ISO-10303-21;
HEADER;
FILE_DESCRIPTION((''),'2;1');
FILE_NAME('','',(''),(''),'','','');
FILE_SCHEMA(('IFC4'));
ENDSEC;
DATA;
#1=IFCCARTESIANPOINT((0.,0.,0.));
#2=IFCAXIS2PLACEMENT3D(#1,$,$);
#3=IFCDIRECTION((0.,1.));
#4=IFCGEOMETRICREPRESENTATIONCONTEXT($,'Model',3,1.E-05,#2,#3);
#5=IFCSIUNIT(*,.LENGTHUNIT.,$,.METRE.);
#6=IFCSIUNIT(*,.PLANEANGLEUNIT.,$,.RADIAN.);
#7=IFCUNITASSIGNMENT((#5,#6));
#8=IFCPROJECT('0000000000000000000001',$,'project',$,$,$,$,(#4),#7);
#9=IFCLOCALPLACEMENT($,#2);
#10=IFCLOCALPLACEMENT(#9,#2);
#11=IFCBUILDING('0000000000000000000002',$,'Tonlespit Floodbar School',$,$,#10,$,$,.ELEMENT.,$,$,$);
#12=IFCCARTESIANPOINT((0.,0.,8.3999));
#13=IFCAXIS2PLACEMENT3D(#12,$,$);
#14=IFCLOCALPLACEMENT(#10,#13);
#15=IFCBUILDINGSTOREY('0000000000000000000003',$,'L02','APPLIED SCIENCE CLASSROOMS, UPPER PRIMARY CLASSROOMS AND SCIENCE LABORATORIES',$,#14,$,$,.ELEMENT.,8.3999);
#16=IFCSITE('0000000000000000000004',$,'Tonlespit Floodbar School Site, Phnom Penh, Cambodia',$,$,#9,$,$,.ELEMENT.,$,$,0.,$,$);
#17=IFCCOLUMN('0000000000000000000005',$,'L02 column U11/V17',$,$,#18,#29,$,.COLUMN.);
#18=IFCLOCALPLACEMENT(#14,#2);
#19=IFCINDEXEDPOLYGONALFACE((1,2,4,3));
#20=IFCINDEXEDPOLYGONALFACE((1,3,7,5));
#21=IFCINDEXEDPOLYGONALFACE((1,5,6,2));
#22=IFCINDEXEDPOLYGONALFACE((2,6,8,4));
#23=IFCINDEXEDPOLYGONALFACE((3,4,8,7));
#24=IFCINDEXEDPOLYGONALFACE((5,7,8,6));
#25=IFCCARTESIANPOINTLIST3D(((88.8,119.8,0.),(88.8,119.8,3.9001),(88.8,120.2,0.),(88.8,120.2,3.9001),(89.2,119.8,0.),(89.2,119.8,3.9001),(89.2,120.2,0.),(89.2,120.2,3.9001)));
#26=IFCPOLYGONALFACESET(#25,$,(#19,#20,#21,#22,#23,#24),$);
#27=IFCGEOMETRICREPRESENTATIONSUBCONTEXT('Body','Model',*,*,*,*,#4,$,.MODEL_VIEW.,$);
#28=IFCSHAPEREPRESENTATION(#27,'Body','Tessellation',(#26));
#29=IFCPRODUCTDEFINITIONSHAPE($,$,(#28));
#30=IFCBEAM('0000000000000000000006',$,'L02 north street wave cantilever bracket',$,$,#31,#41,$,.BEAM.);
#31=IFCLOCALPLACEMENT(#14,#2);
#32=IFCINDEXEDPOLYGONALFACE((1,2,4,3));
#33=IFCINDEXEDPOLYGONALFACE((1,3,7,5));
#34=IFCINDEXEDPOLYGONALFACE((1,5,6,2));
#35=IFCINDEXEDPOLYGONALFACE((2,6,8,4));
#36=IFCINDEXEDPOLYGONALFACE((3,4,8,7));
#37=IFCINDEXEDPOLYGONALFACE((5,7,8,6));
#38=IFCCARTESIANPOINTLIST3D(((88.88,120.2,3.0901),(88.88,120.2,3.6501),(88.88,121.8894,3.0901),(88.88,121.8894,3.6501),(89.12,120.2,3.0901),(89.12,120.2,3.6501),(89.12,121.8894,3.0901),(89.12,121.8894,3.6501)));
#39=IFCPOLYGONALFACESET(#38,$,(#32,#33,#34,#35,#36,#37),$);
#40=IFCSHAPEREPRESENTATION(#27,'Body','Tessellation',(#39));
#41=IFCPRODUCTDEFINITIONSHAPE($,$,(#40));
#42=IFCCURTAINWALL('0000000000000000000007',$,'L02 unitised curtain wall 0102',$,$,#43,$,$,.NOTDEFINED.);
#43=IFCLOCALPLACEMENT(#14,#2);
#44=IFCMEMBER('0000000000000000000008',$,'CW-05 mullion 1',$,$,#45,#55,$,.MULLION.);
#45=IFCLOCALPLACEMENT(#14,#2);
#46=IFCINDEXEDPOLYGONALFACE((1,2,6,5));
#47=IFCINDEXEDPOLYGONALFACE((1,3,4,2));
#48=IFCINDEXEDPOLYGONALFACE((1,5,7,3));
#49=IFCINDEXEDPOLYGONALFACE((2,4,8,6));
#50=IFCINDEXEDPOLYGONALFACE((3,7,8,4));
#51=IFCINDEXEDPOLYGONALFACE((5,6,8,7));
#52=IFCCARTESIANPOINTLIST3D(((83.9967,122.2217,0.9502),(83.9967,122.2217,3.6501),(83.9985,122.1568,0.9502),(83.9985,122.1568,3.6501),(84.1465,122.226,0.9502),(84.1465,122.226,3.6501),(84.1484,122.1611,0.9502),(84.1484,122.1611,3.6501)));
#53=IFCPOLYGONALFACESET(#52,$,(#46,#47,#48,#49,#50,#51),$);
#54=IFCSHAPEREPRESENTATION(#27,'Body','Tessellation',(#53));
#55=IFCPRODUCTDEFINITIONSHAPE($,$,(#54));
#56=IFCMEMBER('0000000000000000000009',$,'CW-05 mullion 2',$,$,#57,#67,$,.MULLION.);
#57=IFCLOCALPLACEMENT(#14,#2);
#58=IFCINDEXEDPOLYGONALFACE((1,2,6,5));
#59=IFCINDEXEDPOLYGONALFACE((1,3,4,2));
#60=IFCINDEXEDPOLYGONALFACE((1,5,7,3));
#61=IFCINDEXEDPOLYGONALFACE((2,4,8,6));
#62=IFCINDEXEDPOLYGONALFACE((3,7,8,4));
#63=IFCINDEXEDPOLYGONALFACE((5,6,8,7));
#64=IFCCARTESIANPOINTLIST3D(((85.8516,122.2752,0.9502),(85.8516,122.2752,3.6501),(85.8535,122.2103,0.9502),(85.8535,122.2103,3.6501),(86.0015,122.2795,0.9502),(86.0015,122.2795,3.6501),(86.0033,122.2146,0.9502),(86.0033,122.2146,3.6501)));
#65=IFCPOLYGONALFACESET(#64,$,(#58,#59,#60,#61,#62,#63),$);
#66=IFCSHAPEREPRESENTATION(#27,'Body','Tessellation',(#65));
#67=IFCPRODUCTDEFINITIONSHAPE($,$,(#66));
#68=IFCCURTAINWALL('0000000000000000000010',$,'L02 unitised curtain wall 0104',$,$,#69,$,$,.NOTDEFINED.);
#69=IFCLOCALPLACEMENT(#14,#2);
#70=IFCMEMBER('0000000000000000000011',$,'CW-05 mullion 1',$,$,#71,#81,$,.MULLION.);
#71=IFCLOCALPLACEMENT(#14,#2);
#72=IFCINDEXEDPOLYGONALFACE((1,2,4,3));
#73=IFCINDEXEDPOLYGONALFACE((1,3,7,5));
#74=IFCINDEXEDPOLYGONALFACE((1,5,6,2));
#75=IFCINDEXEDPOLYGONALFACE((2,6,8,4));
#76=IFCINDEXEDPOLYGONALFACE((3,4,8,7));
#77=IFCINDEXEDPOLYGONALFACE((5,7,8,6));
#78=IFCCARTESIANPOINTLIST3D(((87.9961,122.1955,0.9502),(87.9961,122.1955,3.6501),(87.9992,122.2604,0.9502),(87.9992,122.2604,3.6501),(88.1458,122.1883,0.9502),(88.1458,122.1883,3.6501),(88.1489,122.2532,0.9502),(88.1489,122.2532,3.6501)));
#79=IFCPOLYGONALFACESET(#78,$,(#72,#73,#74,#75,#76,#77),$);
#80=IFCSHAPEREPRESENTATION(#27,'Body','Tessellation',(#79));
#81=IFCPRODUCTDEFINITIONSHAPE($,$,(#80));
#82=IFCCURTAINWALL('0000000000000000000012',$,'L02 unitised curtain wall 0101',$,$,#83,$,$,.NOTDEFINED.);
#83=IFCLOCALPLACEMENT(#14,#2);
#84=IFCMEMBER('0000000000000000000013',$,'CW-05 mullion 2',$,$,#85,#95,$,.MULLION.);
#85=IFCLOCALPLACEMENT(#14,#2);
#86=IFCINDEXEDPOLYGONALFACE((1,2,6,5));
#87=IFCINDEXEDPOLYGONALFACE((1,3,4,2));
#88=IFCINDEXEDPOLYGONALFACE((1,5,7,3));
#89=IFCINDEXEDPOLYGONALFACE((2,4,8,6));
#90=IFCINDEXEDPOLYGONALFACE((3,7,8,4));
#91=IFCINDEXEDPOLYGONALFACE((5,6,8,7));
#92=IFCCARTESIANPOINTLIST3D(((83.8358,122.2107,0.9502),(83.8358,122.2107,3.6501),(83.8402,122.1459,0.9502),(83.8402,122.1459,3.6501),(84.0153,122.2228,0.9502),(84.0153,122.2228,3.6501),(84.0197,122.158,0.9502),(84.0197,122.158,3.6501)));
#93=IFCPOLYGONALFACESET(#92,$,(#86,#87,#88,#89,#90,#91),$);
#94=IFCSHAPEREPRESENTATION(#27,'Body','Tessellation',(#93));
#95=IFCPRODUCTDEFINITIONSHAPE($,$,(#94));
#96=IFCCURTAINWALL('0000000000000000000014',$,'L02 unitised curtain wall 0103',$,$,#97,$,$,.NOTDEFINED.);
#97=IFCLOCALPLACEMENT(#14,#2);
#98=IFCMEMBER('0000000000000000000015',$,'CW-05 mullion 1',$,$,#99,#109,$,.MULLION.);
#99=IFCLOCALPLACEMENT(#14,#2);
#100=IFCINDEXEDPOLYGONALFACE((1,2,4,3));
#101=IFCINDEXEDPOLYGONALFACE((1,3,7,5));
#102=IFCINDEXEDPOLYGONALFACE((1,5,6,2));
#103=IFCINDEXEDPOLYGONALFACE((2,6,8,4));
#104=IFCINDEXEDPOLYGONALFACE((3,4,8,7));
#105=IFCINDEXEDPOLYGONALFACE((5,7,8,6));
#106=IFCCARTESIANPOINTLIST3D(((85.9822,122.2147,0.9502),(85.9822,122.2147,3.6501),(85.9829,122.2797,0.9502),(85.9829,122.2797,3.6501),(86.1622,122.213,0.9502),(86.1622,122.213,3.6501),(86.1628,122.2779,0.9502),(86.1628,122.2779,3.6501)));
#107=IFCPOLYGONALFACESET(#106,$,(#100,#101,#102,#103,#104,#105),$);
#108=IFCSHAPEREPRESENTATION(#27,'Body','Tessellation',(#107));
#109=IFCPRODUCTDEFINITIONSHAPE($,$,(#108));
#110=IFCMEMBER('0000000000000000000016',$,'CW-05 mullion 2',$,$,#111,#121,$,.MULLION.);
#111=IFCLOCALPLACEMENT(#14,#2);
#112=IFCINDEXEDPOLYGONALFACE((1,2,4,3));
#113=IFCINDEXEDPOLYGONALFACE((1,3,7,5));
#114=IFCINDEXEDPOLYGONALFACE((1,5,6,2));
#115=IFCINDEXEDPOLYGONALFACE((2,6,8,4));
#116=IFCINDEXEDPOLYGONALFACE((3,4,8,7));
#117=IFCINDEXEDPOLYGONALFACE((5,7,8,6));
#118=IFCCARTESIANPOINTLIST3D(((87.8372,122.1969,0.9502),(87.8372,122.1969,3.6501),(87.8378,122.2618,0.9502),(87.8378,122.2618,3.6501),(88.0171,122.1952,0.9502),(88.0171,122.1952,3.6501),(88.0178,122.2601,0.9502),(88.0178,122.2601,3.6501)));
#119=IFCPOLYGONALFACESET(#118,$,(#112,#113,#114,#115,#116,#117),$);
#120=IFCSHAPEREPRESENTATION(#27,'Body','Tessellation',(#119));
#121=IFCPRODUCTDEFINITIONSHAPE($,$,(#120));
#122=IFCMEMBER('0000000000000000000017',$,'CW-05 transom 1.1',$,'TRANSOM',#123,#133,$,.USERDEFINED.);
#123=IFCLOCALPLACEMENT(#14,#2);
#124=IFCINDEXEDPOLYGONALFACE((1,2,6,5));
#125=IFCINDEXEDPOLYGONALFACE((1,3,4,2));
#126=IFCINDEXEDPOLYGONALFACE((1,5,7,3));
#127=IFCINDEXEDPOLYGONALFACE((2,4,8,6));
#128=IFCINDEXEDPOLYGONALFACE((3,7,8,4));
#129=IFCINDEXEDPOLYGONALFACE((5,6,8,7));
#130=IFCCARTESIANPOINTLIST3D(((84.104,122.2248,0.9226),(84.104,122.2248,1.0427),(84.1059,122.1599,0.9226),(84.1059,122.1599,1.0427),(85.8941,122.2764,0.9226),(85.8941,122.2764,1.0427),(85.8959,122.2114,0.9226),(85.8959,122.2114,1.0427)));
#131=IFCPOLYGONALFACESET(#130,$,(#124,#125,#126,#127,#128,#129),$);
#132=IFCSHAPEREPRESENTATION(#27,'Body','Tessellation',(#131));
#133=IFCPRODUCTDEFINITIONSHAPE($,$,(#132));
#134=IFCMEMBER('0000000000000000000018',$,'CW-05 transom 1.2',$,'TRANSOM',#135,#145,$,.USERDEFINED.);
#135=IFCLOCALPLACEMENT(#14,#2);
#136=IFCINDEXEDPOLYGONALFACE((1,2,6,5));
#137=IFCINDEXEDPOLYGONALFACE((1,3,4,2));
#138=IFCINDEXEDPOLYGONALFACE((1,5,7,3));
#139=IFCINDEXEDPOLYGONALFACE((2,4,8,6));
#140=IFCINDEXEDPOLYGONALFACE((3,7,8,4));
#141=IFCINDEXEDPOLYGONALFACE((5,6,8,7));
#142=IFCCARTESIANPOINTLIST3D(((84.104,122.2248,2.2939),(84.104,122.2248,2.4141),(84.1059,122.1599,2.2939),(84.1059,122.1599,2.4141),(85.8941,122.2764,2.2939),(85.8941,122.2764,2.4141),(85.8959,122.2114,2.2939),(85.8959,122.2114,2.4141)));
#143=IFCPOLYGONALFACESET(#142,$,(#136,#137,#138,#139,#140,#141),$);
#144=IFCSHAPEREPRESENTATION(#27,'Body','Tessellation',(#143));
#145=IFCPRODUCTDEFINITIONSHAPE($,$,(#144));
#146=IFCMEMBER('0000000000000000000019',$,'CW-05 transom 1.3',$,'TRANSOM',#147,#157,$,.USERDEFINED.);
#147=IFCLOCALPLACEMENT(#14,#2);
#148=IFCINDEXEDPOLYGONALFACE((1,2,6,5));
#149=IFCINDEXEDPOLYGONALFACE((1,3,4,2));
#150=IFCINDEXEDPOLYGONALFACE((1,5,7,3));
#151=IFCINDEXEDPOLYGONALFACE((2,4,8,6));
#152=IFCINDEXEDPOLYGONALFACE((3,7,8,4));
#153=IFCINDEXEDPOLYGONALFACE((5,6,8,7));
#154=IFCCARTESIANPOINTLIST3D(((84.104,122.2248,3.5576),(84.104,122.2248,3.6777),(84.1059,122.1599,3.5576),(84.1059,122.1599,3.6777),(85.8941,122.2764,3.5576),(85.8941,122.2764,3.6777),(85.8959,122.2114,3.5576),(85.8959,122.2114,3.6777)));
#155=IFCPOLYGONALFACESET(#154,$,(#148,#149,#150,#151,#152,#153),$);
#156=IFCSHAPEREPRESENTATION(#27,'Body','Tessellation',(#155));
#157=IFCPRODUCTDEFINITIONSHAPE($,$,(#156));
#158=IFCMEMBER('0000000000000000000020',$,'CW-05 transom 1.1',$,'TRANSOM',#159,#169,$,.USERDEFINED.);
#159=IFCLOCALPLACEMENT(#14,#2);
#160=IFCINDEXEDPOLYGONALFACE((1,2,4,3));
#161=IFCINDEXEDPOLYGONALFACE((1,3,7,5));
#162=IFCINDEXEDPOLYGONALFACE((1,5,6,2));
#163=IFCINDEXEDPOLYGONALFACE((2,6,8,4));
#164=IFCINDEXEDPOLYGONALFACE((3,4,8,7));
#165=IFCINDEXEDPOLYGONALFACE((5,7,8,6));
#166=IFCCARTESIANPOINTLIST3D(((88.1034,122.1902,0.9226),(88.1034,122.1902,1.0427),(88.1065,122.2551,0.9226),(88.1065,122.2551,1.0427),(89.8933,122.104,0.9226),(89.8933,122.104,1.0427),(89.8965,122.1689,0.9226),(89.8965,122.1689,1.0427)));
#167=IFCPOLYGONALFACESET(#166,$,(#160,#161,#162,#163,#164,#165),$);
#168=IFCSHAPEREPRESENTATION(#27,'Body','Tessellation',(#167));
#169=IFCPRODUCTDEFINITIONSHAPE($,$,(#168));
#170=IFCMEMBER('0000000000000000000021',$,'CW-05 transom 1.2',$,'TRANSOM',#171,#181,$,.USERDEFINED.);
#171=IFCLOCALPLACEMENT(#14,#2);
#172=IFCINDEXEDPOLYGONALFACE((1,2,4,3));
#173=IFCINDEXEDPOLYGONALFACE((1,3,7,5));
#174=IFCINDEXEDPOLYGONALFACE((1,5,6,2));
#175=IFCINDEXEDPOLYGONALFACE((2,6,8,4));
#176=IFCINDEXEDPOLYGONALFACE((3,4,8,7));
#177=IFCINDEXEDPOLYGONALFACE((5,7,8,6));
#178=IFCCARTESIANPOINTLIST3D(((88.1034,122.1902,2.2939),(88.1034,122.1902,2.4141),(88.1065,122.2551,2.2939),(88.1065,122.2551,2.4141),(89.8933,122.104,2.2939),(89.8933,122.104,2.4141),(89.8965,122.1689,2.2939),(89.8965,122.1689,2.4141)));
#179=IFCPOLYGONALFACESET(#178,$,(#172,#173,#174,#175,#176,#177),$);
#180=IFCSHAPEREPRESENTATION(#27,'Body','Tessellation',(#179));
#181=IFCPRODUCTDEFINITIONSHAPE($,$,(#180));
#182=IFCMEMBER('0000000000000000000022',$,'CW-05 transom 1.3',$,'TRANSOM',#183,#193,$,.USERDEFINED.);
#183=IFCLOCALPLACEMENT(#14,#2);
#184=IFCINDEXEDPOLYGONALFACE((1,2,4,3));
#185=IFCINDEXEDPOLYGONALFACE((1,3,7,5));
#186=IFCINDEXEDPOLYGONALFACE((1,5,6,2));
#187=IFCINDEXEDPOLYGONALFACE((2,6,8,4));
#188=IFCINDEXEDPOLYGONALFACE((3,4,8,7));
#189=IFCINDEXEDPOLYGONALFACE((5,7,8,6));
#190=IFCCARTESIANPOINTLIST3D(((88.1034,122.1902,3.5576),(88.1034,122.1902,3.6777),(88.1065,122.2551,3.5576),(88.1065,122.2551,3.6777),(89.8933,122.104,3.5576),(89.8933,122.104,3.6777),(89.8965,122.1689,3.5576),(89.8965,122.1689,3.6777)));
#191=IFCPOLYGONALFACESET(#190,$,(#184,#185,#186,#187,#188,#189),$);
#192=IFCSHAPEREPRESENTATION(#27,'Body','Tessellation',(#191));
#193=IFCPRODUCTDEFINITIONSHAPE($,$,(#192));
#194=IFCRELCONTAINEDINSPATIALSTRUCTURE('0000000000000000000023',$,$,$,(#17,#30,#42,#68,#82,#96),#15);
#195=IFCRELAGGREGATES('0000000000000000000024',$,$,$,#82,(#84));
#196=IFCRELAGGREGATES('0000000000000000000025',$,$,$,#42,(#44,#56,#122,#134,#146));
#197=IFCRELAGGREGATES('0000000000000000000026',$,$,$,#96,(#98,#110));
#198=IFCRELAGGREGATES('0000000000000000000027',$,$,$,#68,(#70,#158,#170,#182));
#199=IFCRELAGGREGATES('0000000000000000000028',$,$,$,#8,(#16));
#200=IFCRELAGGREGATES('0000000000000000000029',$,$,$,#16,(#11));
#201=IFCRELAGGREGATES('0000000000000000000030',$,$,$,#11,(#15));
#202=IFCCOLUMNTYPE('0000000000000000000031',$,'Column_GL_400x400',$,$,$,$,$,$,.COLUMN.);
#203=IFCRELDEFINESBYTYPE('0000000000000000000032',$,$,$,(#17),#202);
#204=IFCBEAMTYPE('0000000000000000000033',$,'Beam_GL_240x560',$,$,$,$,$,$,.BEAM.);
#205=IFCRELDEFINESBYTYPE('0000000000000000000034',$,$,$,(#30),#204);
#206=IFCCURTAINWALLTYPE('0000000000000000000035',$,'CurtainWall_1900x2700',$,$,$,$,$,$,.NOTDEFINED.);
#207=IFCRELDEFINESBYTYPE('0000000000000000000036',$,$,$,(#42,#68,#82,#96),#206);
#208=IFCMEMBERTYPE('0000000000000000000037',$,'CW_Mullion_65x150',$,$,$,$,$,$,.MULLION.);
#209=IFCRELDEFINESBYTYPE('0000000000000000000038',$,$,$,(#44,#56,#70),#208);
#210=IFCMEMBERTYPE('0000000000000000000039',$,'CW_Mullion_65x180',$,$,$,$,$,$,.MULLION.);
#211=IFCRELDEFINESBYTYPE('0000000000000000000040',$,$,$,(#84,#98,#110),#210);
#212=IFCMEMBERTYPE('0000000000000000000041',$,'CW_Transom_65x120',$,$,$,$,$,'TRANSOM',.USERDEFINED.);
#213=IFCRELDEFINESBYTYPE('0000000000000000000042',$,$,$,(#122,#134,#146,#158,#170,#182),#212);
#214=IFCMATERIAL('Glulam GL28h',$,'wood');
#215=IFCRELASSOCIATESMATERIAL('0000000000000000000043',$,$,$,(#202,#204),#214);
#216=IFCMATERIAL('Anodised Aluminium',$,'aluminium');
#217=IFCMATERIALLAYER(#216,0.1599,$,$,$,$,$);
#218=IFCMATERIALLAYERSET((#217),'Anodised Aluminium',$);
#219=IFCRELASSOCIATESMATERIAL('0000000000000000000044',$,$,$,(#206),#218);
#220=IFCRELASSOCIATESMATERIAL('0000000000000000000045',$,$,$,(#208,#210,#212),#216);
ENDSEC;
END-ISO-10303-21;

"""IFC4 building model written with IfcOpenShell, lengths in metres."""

from ifc_helpers import new_model, si_unit, direction, frame, origin, origin_2d, place, context, subcontext, project, spatial, rectangle, extrude, material, layer, layer_set, material_profile, profile_set, type_object, element, aggregate, save


model = new_model("IFC4")

# Units and contexts
model_context = context("Model", 3, precision=1e-05, world=origin(), true_north=direction((0.0, 1.0)))
body_context = subcontext(model_context, "Body", "Model", "MODEL_VIEW")
ifc_project = project(units=[si_unit("LENGTHUNIT", "METRE"), si_unit("PLANEANGLEUNIT", "RADIAN")], contexts=[model_context])

# Site, building, storey
site_placement = place(None, origin())
site = spatial("IfcSite", under=ifc_project, at=site_placement, Name="Tonlespit Floodbar School Site, Phnom Penh, Cambodia", CompositionType="ELEMENT", RefElevation=0.0)
building_placement = place(site_placement, origin())
building = spatial("IfcBuilding", under=site, at=building_placement, Name="Tonlespit Floodbar School", CompositionType="ELEMENT")
storey_placement = place(building_placement, frame((0.0, 0.0, 8.3999)))
storey = spatial("IfcBuildingStorey", under=building, at=storey_placement, Name="L02", Description="APPLIED SCIENCE CLASSROOMS, UPPER PRIMARY CLASSROOMS AND SCIENCE LABORATORIES", CompositionType="ELEMENT", Elevation=8.3999)

# Column
ifc_material_1 = material(Name="Glulam GL28h", Category="wood")
ifc_material_profile_1 = material_profile(ifc_material_1, rectangle(XDim=0.3999, YDim=0.3999, at=origin_2d()), Name="GL 400x400")
ifc_profile_set_1 = profile_set([ifc_material_profile_1], Name="Glulam GL28h")
column_type = type_object("IfcColumnType", Name="Column_GL_400x400", PredefinedType="COLUMN", material=ifc_profile_set_1)
column_placement = place(storey_placement, frame((89.0, 120.0, 0.0), z_axis=(0.0, 0.0, 1.0), x_axis=(1.0, 0.0, 0.0)))
element("IfcColumn", 1, at=column_placement, inside=storey, type_object=column_type, Name="L02 column U11/V17", PredefinedType="COLUMN", context=body_context, shape_type="SweptSolid", body=[
    extrude(rectangle(XDim=0.3999, YDim=0.3999, at=origin_2d()), origin(), (0.0, 0.0, 1.0), 3.9001),
])

# Beam
ifc_material_profile_2 = material_profile(ifc_material_1, rectangle(XDim=0.24, YDim=0.5601, at=origin_2d()), Name="GL 240x560")
ifc_profile_set_2 = profile_set([ifc_material_profile_2], Name="Glulam GL28h")
beam_type = type_object("IfcBeamType", Name="Beam_GL_240x560", PredefinedType="BEAM", material=ifc_profile_set_2)
beam_placement = place(storey_placement, frame((89.0, 120.2, 3.3701), z_axis=(0.0, 1.0, 0.0), x_axis=(-1.0, 0.0, 0.0)))
element("IfcBeam", 2, at=beam_placement, inside=storey, type_object=beam_type, Name="L02 north street wave cantilever bracket", PredefinedType="BEAM", context=body_context, shape_type="SweptSolid", body=[
    extrude(rectangle(XDim=0.24, YDim=0.5601, at=origin_2d()), origin(), (0.0, 0.0, 1.0), 1.6895),
])

# Curtain wall, members
ifc_material_2 = material(Name="Anodised Aluminium", Category="aluminium")
ifc_layer_1 = layer(ifc_material_2, 0.1599)
ifc_layer_set_1 = layer_set([ifc_layer_1], Name="Anodised Aluminium")
curtain_wall_type = type_object("IfcCurtainWallType", Name="CurtainWall_1900x2700", PredefinedType="NOTDEFINED", material=ifc_layer_set_1)
curtain_wall_1_placement = place(storey_placement, origin())
curtain_wall_1 = element("IfcCurtainWall", 3, at=curtain_wall_1_placement, inside=storey, type_object=curtain_wall_type, Name="L02 unitised curtain wall 0102", PredefinedType="NOTDEFINED")
ifc_material_profile_3 = material_profile(ifc_material_2, rectangle(XDim=0.0649, YDim=0.1499, at=origin_2d()), Name="ALU M65x150")
ifc_profile_set_3 = profile_set([ifc_material_profile_3], Name="Anodised Aluminium")
member_type_1 = type_object("IfcMemberType", Name="CW_Mullion_65x150", PredefinedType="MULLION", material=ifc_profile_set_3)
member_1_placement = place(storey_placement, frame((84.0725, 122.1914, 0.9502), z_axis=(0.0, 0.0, 1.0), x_axis=(-0.02879, 0.999585, 0.0)))
member_1 = element("IfcMember", 4, at=member_1_placement, type_object=member_type_1, Name="CW-05 mullion 1", PredefinedType="MULLION", context=body_context, shape_type="SweptSolid", body=[
    extrude(rectangle(XDim=0.0649, YDim=0.1499, at=origin_2d()), origin(), (0.0, 0.0, 1.0), 2.7),
])
member_2_placement = place(storey_placement, frame((85.9275, 122.2449, 0.9502), z_axis=(0.0, 0.0, 1.0), x_axis=(-0.02879, 0.999585, 0.0)))
member_2 = element("IfcMember", 5, at=member_2_placement, type_object=member_type_1, Name="CW-05 mullion 2", PredefinedType="MULLION", context=body_context, shape_type="SweptSolid", body=[
    extrude(rectangle(XDim=0.0649, YDim=0.1499, at=origin_2d()), origin(), (0.0, 0.0, 1.0), 2.7),
])

# Curtain walls, members
curtain_wall_2_placement = place(storey_placement, origin())
curtain_wall_2 = element("IfcCurtainWall", 6, at=curtain_wall_2_placement, inside=storey, type_object=curtain_wall_type, Name="L02 unitised curtain wall 0104", PredefinedType="NOTDEFINED")
member_3_placement = place(storey_placement, frame((88.0725, 122.2244, 0.9502), z_axis=(0.0, 0.0, 1.0), x_axis=(0.048121, 0.998842, 0.0)))
member_3 = element("IfcMember", 7, at=member_3_placement, type_object=member_type_1, Name="CW-05 mullion 1", PredefinedType="MULLION", context=body_context, shape_type="SweptSolid", body=[
    extrude(rectangle(XDim=0.0649, YDim=0.1499, at=origin_2d()), origin(), (0.0, 0.0, 1.0), 2.7),
])
curtain_wall_3_placement = place(storey_placement, origin())
curtain_wall_3 = element("IfcCurtainWall", 8, at=curtain_wall_3_placement, inside=storey, type_object=curtain_wall_type, Name="L02 unitised curtain wall 0101", PredefinedType="NOTDEFINED")
ifc_material_profile_4 = material_profile(ifc_material_2, rectangle(XDim=0.0649, YDim=0.1799, at=origin_2d()), Name="ALU M65x180")
ifc_profile_set_4 = profile_set([ifc_material_profile_4], Name="Anodised Aluminium")
member_type_2 = type_object("IfcMemberType", Name="CW_Mullion_65x180", PredefinedType="MULLION", material=ifc_profile_set_4)
member_4_placement = place(storey_placement, frame((83.9277, 122.1843, 0.9502), z_axis=(0.0, 0.0, 1.0), x_axis=(-0.06734, 0.99773, 0.0)))
member_4 = element("IfcMember", 9, at=member_4_placement, type_object=member_type_2, Name="CW-05 mullion 2", PredefinedType="MULLION", context=body_context, shape_type="SweptSolid", body=[
    extrude(rectangle(XDim=0.0649, YDim=0.1799, at=origin_2d()), origin(), (0.0, 0.0, 1.0), 2.7),
])

# Curtain wall, members
curtain_wall_4_placement = place(storey_placement, origin())
curtain_wall_4 = element("IfcCurtainWall", 10, at=curtain_wall_4_placement, inside=storey, type_object=curtain_wall_type, Name="L02 unitised curtain wall 0103", PredefinedType="NOTDEFINED")
member_5_placement = place(storey_placement, frame((86.0725, 122.2463, 0.9502), z_axis=(0.0, 0.0, 1.0), x_axis=(0.009583, 0.999954, 0.0)))
member_5 = element("IfcMember", 11, at=member_5_placement, type_object=member_type_2, Name="CW-05 mullion 1", PredefinedType="MULLION", context=body_context, shape_type="SweptSolid", body=[
    extrude(rectangle(XDim=0.0649, YDim=0.1799, at=origin_2d()), origin(), (0.0, 0.0, 1.0), 2.7),
])
member_6_placement = place(storey_placement, frame((87.9275, 122.2285, 0.9502), z_axis=(0.0, 0.0, 1.0), x_axis=(0.009583, 0.999954, 0.0)))
member_6 = element("IfcMember", 12, at=member_6_placement, type_object=member_type_2, Name="CW-05 mullion 2", PredefinedType="MULLION", context=body_context, shape_type="SweptSolid", body=[
    extrude(rectangle(XDim=0.0649, YDim=0.1799, at=origin_2d()), origin(), (0.0, 0.0, 1.0), 2.7),
])

# Members
ifc_material_profile_5 = material_profile(ifc_material_2, rectangle(XDim=0.0649, YDim=0.1201, at=origin_2d()), Name="ALU T65x120")
ifc_profile_set_5 = profile_set([ifc_material_profile_5], Name="Anodised Aluminium")
member_type_3 = type_object("IfcMemberType", Name="CW_Transom_65x120", ElementType="TRANSOM", PredefinedType="USERDEFINED", material=ifc_profile_set_5)
member_7_placement = place(storey_placement, frame((84.105, 122.1924, 0.9827), z_axis=(0.999586, 0.028766, 0.0), x_axis=(-0.028766, 0.999586, 0.0)))
member_7 = element("IfcMember", 13, at=member_7_placement, type_object=member_type_3, Name="CW-05 transom 1.1", ObjectType="TRANSOM", PredefinedType="USERDEFINED", context=body_context, shape_type="SweptSolid", body=[
    extrude(rectangle(XDim=0.0649, YDim=0.1201, at=origin_2d()), origin(), (0.0, 0.0, 1.0), 1.7908),
])
member_8_placement = place(storey_placement, frame((84.105, 122.1924, 2.354), z_axis=(0.999586, 0.028766, 0.0), x_axis=(-0.028766, 0.999586, 0.0)))
member_8 = element("IfcMember", 14, at=member_8_placement, type_object=member_type_3, Name="CW-05 transom 1.2", ObjectType="TRANSOM", PredefinedType="USERDEFINED", context=body_context, shape_type="SweptSolid", body=[
    extrude(rectangle(XDim=0.0649, YDim=0.1201, at=origin_2d()), origin(), (0.0, 0.0, 1.0), 1.7908),
])
member_9_placement = place(storey_placement, frame((84.105, 122.1924, 3.6177), z_axis=(0.999586, 0.028766, 0.0), x_axis=(-0.028766, 0.999586, 0.0)))
member_9 = element("IfcMember", 15, at=member_9_placement, type_object=member_type_3, Name="CW-05 transom 1.3", ObjectType="TRANSOM", PredefinedType="USERDEFINED", context=body_context, shape_type="SweptSolid", body=[
    extrude(rectangle(XDim=0.0649, YDim=0.1201, at=origin_2d()), origin(), (0.0, 0.0, 1.0), 1.7908),
])
member_10_placement = place(storey_placement, frame((88.105, 122.2227, 0.9827), z_axis=(0.998843, -0.048089, 0.0), x_axis=(0.048089, 0.998843, 0.0)))
member_10 = element("IfcMember", 16, at=member_10_placement, type_object=member_type_3, Name="CW-05 transom 1.1", ObjectType="TRANSOM", PredefinedType="USERDEFINED", context=body_context, shape_type="SweptSolid", body=[
    extrude(rectangle(XDim=0.0649, YDim=0.1201, at=origin_2d()), origin(), (0.0, 0.0, 1.0), 1.792),
])
member_11_placement = place(storey_placement, frame((88.105, 122.2227, 2.354), z_axis=(0.998843, -0.048089, 0.0), x_axis=(0.048089, 0.998843, 0.0)))
member_11 = element("IfcMember", 17, at=member_11_placement, type_object=member_type_3, Name="CW-05 transom 1.2", ObjectType="TRANSOM", PredefinedType="USERDEFINED", context=body_context, shape_type="SweptSolid", body=[
    extrude(rectangle(XDim=0.0649, YDim=0.1201, at=origin_2d()), origin(), (0.0, 0.0, 1.0), 1.792),
])
member_12_placement = place(storey_placement, frame((88.105, 122.2227, 3.6177), z_axis=(0.998843, -0.048089, 0.0), x_axis=(0.048089, 0.998843, 0.0)))
member_12 = element("IfcMember", 18, at=member_12_placement, type_object=member_type_3, Name="CW-05 transom 1.3", ObjectType="TRANSOM", PredefinedType="USERDEFINED", context=body_context, shape_type="SweptSolid", body=[
    extrude(rectangle(XDim=0.0649, YDim=0.1201, at=origin_2d()), origin(), (0.0, 0.0, 1.0), 1.792),
])

aggregate(curtain_wall_3, [member_4])
aggregate(curtain_wall_1, [member_1, member_2, member_7, member_8, member_9])
aggregate(curtain_wall_4, [member_5, member_6])
aggregate(curtain_wall_2, [member_3, member_10, member_11, member_12])

save(model, "model.ifc")
